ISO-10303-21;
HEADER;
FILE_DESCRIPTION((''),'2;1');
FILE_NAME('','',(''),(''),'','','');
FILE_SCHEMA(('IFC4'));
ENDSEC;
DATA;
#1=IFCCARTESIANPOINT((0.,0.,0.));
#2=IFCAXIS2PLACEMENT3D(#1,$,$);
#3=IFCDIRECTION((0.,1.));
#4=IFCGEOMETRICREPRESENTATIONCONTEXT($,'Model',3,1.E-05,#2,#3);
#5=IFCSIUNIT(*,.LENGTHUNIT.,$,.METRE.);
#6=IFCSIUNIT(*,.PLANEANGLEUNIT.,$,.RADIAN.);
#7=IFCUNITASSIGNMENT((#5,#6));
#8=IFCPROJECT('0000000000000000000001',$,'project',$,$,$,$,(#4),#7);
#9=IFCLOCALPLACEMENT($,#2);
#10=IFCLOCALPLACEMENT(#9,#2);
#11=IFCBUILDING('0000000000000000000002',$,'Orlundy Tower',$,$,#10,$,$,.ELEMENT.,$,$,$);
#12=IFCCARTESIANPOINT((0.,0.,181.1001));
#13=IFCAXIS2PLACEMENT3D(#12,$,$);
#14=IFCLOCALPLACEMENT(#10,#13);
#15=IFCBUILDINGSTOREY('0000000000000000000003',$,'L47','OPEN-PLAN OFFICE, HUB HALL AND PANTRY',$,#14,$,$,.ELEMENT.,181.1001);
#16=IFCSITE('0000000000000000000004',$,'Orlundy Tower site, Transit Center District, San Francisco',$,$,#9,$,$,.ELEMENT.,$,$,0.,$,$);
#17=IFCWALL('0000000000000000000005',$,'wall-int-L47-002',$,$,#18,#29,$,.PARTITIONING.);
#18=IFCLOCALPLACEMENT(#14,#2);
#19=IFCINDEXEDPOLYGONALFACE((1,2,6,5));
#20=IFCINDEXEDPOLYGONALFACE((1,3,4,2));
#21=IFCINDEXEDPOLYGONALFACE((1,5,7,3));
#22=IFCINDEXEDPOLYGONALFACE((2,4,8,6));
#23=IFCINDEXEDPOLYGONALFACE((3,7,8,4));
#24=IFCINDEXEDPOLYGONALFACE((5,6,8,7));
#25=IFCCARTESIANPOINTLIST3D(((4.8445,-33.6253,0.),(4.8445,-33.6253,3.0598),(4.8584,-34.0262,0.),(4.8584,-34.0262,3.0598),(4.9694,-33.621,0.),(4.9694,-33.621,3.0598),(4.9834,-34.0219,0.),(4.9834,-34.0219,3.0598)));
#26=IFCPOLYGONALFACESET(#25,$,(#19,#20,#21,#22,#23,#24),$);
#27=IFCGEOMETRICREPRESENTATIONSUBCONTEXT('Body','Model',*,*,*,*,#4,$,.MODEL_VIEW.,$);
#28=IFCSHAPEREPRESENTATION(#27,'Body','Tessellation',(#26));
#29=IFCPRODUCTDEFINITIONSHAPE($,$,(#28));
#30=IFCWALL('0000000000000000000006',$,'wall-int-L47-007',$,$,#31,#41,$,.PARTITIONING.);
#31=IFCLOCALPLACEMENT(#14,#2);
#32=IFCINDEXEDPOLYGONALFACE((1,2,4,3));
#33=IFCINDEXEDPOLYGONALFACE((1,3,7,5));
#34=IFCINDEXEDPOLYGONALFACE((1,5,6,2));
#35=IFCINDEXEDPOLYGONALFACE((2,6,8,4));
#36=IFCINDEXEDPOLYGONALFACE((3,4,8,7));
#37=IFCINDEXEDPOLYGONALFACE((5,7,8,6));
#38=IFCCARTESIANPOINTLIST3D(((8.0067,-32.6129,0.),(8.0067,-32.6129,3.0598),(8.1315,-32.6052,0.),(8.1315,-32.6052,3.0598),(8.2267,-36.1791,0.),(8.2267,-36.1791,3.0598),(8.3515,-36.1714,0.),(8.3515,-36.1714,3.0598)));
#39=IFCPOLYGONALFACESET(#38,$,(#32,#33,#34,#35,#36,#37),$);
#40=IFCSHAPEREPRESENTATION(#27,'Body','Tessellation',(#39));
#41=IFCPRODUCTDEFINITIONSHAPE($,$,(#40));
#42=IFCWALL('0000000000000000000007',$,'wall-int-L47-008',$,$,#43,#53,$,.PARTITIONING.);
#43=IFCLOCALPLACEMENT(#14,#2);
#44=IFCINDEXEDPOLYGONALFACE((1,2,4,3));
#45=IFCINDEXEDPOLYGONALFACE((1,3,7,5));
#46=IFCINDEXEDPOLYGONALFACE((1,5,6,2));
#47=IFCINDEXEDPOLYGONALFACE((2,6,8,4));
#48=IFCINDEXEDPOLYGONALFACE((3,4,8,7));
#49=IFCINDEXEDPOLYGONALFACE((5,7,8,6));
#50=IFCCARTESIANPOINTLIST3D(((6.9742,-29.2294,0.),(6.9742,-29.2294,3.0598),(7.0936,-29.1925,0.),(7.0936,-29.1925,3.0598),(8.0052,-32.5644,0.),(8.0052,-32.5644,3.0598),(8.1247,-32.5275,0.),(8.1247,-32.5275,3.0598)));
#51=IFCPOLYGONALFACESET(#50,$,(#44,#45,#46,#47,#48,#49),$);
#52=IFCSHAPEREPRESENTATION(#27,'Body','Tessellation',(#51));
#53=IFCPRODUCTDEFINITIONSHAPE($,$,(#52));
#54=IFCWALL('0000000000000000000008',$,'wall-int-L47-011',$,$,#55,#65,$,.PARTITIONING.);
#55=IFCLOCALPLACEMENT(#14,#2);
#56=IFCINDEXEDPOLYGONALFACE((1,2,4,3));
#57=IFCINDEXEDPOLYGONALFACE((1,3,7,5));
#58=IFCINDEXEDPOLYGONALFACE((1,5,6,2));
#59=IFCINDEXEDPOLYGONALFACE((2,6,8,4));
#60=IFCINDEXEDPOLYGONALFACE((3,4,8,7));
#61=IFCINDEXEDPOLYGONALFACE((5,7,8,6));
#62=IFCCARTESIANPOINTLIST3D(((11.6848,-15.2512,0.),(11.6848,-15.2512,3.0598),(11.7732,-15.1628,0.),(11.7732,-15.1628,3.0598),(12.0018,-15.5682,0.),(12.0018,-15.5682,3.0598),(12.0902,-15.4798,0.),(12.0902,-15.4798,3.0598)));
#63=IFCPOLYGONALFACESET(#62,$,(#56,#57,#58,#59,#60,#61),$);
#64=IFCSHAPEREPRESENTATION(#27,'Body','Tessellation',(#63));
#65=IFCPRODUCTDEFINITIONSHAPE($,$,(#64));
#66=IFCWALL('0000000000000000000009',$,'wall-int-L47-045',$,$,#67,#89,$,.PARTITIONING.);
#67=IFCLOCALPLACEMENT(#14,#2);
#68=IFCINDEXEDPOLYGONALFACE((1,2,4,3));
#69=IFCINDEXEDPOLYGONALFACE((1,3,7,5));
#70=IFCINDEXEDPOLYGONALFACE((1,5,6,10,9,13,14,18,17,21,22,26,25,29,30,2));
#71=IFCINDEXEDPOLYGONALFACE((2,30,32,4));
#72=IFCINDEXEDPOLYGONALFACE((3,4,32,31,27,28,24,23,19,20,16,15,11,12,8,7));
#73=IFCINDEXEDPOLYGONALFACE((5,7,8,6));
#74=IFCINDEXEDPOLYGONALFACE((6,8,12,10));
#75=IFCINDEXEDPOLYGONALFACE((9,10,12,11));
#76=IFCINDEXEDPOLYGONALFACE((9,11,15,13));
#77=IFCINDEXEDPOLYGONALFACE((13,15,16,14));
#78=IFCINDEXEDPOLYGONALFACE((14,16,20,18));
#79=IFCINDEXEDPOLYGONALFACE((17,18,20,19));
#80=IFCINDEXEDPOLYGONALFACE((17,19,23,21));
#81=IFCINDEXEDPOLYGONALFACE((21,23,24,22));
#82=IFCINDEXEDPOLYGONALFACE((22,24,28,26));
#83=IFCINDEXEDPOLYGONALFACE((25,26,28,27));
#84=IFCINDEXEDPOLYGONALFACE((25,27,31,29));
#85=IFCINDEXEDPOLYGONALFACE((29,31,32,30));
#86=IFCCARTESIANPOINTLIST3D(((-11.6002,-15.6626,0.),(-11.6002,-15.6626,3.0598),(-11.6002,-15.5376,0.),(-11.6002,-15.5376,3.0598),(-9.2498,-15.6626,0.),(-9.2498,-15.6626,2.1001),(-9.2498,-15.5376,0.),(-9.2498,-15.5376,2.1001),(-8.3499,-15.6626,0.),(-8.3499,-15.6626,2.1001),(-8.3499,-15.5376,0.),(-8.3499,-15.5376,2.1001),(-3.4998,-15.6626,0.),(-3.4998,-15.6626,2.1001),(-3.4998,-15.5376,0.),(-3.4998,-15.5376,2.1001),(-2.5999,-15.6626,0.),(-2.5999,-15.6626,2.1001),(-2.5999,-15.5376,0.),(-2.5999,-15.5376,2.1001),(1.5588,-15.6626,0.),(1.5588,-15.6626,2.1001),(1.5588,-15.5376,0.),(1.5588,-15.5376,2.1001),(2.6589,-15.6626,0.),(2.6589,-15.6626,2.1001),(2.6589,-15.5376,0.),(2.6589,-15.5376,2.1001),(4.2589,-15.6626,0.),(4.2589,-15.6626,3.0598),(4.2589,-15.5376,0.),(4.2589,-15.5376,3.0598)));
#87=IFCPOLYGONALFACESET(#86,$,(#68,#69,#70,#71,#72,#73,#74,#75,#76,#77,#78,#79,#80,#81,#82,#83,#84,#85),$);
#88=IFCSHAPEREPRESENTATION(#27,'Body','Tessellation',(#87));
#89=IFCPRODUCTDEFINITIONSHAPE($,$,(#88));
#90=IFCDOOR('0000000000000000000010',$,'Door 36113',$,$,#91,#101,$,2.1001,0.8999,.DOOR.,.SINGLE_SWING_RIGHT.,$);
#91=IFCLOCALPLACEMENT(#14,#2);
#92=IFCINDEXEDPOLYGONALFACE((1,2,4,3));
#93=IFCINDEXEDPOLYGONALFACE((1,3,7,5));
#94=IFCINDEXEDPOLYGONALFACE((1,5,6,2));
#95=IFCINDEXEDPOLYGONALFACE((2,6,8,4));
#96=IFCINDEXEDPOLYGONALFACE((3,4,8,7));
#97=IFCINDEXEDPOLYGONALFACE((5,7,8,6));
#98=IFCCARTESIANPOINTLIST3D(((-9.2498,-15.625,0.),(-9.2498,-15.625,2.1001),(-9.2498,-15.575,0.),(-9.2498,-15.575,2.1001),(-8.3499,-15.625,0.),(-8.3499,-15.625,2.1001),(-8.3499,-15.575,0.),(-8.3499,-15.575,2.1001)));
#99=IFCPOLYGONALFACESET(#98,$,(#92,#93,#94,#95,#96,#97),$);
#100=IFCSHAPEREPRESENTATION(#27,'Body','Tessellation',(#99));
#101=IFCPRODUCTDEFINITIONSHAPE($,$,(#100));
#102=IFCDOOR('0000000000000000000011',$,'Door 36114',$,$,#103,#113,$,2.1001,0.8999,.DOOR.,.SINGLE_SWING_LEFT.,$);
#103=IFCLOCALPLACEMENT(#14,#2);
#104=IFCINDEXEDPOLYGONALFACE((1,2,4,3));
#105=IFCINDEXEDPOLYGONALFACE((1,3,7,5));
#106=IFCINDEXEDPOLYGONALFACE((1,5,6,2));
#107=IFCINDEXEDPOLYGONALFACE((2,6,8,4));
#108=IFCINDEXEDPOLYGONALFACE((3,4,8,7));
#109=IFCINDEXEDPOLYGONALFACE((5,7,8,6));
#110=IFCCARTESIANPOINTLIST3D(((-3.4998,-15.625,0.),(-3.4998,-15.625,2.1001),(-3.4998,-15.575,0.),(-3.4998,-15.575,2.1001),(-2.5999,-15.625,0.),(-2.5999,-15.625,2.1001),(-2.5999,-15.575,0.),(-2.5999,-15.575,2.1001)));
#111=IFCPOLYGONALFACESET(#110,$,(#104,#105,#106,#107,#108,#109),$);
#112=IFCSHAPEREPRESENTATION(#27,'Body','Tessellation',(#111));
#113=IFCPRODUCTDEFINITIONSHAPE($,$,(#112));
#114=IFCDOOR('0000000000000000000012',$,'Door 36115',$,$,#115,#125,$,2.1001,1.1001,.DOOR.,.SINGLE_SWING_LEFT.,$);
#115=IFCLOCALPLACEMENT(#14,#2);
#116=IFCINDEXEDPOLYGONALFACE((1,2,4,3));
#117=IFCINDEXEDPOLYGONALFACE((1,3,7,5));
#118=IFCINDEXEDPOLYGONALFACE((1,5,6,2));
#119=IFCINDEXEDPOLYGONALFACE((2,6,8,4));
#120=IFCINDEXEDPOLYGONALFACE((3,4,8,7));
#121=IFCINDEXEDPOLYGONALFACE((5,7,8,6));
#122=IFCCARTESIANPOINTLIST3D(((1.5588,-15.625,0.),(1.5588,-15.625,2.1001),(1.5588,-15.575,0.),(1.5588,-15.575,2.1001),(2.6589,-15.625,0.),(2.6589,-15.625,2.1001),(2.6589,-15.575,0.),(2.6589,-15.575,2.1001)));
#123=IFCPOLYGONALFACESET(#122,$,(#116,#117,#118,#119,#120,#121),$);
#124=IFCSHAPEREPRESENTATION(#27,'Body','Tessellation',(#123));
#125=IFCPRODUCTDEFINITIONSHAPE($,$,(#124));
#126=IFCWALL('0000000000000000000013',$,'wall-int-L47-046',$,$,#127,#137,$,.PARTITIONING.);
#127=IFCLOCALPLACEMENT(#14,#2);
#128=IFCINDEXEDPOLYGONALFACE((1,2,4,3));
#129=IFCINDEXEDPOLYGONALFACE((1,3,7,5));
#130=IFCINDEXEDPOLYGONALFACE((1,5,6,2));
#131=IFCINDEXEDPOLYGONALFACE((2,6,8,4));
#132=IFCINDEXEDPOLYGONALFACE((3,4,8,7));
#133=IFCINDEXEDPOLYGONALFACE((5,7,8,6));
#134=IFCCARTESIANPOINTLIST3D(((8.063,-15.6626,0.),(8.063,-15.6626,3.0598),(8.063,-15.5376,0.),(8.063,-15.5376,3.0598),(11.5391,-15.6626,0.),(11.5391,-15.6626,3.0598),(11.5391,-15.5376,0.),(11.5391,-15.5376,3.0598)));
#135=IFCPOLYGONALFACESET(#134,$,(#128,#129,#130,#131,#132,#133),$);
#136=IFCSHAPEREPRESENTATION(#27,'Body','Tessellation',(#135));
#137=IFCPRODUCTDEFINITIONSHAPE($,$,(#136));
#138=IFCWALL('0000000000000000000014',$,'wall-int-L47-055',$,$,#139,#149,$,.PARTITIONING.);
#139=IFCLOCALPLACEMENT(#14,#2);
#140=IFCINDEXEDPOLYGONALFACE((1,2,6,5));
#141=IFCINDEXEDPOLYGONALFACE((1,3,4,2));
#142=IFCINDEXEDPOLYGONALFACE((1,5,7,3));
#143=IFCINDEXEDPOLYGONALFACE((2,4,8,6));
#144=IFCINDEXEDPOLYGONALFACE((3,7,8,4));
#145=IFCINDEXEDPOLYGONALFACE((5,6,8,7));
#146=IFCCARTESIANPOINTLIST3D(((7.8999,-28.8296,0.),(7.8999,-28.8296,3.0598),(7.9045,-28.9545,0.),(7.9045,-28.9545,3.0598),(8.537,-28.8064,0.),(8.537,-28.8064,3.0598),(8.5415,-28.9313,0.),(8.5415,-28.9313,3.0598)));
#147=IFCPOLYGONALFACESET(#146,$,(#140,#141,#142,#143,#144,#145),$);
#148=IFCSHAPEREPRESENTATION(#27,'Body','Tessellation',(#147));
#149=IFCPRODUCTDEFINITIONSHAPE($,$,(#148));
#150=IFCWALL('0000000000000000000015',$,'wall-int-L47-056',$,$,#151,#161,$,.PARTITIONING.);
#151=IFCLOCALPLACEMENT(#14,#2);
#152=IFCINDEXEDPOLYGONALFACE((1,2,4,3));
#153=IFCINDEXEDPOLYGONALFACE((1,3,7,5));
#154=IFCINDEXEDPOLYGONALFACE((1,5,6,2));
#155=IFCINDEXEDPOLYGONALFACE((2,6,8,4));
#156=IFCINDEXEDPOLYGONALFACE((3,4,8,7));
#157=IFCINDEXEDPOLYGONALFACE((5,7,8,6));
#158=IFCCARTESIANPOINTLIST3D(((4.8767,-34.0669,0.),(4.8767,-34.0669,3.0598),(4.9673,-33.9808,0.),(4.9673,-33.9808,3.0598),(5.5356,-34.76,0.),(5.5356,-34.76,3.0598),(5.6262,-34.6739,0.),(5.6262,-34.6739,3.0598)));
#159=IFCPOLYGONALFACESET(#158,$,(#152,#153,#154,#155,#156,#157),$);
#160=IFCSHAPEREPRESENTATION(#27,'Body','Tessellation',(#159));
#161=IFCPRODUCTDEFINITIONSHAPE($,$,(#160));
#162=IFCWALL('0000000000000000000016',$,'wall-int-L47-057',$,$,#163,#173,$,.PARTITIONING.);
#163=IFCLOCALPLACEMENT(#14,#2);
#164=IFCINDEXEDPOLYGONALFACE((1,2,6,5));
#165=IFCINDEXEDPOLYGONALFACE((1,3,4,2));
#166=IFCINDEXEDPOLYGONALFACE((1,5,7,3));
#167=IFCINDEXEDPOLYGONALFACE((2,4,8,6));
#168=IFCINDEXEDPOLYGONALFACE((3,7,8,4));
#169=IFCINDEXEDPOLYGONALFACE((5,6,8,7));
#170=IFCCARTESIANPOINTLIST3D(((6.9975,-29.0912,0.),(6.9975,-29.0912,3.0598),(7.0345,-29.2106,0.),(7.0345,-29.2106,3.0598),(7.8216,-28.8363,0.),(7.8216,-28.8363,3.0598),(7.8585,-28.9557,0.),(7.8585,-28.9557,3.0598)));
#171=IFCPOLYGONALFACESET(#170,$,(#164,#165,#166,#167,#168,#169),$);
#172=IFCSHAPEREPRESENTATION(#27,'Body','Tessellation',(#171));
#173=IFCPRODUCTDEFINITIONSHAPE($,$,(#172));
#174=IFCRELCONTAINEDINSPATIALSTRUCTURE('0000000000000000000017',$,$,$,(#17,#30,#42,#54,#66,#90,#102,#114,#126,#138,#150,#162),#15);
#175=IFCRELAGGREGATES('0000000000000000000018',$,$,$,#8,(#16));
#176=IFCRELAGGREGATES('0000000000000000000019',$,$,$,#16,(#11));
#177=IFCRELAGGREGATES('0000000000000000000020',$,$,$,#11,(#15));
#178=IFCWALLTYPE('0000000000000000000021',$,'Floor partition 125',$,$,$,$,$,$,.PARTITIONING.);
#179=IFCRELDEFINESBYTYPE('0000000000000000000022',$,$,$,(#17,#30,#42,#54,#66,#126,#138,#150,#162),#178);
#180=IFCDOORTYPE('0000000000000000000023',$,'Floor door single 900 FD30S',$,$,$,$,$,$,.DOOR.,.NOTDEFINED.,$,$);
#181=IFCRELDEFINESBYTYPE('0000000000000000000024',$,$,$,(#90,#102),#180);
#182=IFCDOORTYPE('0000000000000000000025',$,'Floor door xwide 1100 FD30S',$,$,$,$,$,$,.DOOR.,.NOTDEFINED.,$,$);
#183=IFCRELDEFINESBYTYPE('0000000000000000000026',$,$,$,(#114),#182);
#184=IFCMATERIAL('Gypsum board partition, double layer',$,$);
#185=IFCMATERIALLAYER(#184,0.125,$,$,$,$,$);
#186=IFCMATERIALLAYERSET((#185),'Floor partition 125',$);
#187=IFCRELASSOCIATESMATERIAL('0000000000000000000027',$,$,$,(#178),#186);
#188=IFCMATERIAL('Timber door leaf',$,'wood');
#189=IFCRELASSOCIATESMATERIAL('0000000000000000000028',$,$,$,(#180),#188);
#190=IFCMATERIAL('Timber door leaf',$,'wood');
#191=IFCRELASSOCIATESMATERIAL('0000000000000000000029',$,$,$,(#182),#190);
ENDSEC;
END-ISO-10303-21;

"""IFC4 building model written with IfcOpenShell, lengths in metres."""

from ifc_helpers import new_model, si_unit, direction, frame, frame_2d, origin, place, context, subcontext, project, spatial, rectangle, extrude, material, layer, layer_set, type_object, element, fill, save


model = new_model("IFC4")

# Units and contexts
model_context = context("Model", 3, precision=1e-05, world=origin(), true_north=direction((0.0, 1.0)))
body_context = subcontext(model_context, "Body", "Model", "MODEL_VIEW")
ifc_project = project(units=[si_unit("LENGTHUNIT", "METRE"), si_unit("PLANEANGLEUNIT", "RADIAN")], contexts=[model_context])

# Site, building, storey
site_placement = place(None, origin())
site = spatial("IfcSite", under=ifc_project, at=site_placement, Name="Orlundy Tower site, Transit Center District, San Francisco", CompositionType="ELEMENT", RefElevation=0.0)
building_placement = place(site_placement, origin())
building = spatial("IfcBuilding", under=site, at=building_placement, Name="Orlundy Tower", CompositionType="ELEMENT")
storey_placement = place(building_placement, frame((0.0, 0.0, 181.1001)))
storey = spatial("IfcBuildingStorey", under=building, at=storey_placement, Name="L47", Description="OPEN-PLAN OFFICE, HUB HALL AND PANTRY", CompositionType="ELEMENT", Elevation=181.1001)

# Walls
ifc_material_1 = material(Name="Gypsum board partition, double layer")
ifc_layer_1 = layer(ifc_material_1, 0.125)
ifc_layer_set_1 = layer_set([ifc_layer_1], Name="Floor partition 125")
wall_type_1 = type_object("IfcWallType", Name="Floor partition 125", PredefinedType="PARTITIONING", material=ifc_layer_set_1)
wall_1_placement = place(storey_placement, frame((4.907, -33.623, 0.0), z_axis=(0.0, 0.0, 1.0), x_axis=(0.034693, -0.999398, 0.0)))
element("IfcWall", 1, at=wall_1_placement, inside=storey, type_object=wall_type_1, Name="wall-int-L47-002", PredefinedType="PARTITIONING", context=body_context, shape_type="SweptSolid", body=[
    extrude(rectangle(XDim=0.4011, YDim=0.125, at=frame_2d((0.2007, 0.0))), origin(), (0.0, 0.0, 1.0), 3.0598),
])
wall_2_placement = place(storey_placement, frame((8.0691, -32.6089, 0.0), z_axis=(0.0, 0.0, 1.0), x_axis=(0.061566, -0.998103, 0.0)))
element("IfcWall", 2, at=wall_2_placement, inside=storey, type_object=wall_type_1, Name="wall-int-L47-007", PredefinedType="PARTITIONING", context=body_context, shape_type="SweptSolid", body=[
    extrude(rectangle(XDim=3.573, YDim=0.125, at=frame_2d((1.7866, 0.0))), origin(), (0.0, 0.0, 1.0), 3.0598),
])
wall_3_placement = place(storey_placement, frame((7.0339, -29.2109, 0.0), z_axis=(0.0, 0.0, 1.0), x_axis=(0.295359, -0.955386, 0.0)))
element("IfcWall", 3, at=wall_3_placement, inside=storey, type_object=wall_type_1, Name="wall-int-L47-008", PredefinedType="PARTITIONING", context=body_context, shape_type="SweptSolid", body=[
    extrude(rectangle(XDim=3.4907, YDim=0.125, at=frame_2d((1.7454, 0.0))), origin(), (0.0, 0.0, 1.0), 3.0598),
])
wall_4_placement = place(storey_placement, frame((11.729, -15.207, 0.0), z_axis=(0.0, 0.0, 1.0), x_axis=(0.707107, -0.707107, 0.0)))
element("IfcWall", 4, at=wall_4_placement, inside=storey, type_object=wall_type_1, Name="wall-int-L47-011", PredefinedType="PARTITIONING", context=body_context, shape_type="SweptSolid", body=[
    extrude(rectangle(XDim=0.4482, YDim=0.125, at=frame_2d((0.2241, 0.0))), origin(), (0.0, 0.0, 1.0), 3.0598),
])

# Wall, openings, doors
wall_5_placement = place(storey_placement, frame((4.259, -15.6001, 0.0), z_axis=(0.0, 0.0, 1.0), x_axis=(-1.0, 0.0, 0.0)))
wall_5 = element("IfcWall", 5, at=wall_5_placement, inside=storey, type_object=wall_type_1, Name="wall-int-L47-045", PredefinedType="PARTITIONING", context=body_context, shape_type="SweptSolid", body=[
    extrude(rectangle(XDim=15.8591, YDim=0.125, at=frame_2d((7.9297, 0.0))), origin(), (0.0, 0.0, 1.0), 3.0598),
])
opening_1_placement = place(wall_5_placement, frame((12.6089, 0.0, 0.0)))
opening_1 = element("IfcOpeningElement", 6, at=opening_1_placement, cuts=wall_5, PredefinedType="OPENING", context=body_context, shape_type="SweptSolid", body=[
    extrude(rectangle(XDim=0.8999, YDim=2.1001, at=frame_2d((0.45, 1.05))), frame((0.0, 0.0725, 0.0), z_axis=(0.0, -1.0, 0.0), x_axis=(1.0, 0.0, 0.0)), (0.0, 0.0, 1.0), 0.145),
])
opening_2_placement = place(wall_5_placement, frame((6.8589, 0.0, 0.0)))
opening_2 = element("IfcOpeningElement", 7, at=opening_2_placement, cuts=wall_5, PredefinedType="OPENING", context=body_context, shape_type="SweptSolid", body=[
    extrude(rectangle(XDim=0.8999, YDim=2.1001, at=frame_2d((0.45, 1.05))), frame((0.0, 0.0725, 0.0), z_axis=(0.0, -1.0, 0.0), x_axis=(1.0, 0.0, 0.0)), (0.0, 0.0, 1.0), 0.145),
])
opening_3_placement = place(wall_5_placement, frame((1.6001, 0.0, 0.0)))
opening_3 = element("IfcOpeningElement", 8, at=opening_3_placement, cuts=wall_5, PredefinedType="OPENING", context=body_context, shape_type="SweptSolid", body=[
    extrude(rectangle(XDim=1.1001, YDim=2.1001, at=frame_2d((0.55, 1.05))), frame((0.0, 0.0725, 0.0), z_axis=(0.0, -1.0, 0.0), x_axis=(1.0, 0.0, 0.0)), (0.0, 0.0, 1.0), 0.145),
])
ifc_material_2 = material(Name="Timber door leaf", Category="wood")
door_type_1 = type_object("IfcDoorType", Name="Floor door single 900 FD30S", OperationType="NOTDEFINED", PredefinedType="DOOR", material=ifc_material_2)
door_1_placement = place(opening_1_placement, origin())
door_1 = element("IfcDoor", 9, at=door_1_placement, inside=storey, type_object=door_type_1, Name="Door 36113", OperationType="SINGLE_SWING_RIGHT", OverallHeight=2.1001, OverallWidth=0.8999, PredefinedType="DOOR", context=body_context, shape_type="SweptSolid", body=[
    extrude(rectangle(XDim=0.8999, YDim=2.1001, at=frame_2d((0.45, 1.05))), frame((0.0, 0.0249, 0.0), z_axis=(0.0, -1.0, 0.0), x_axis=(1.0, 0.0, 0.0)), (0.0, 0.0, 1.0), 0.05),
])
fill(opening_1, door_1)
door_2_placement = place(opening_2_placement, origin())
door_2 = element("IfcDoor", 10, at=door_2_placement, inside=storey, type_object=door_type_1, Name="Door 36114", OperationType="SINGLE_SWING_LEFT", OverallHeight=2.1001, OverallWidth=0.8999, PredefinedType="DOOR", context=body_context, shape_type="SweptSolid", body=[
    extrude(rectangle(XDim=0.8999, YDim=2.1001, at=frame_2d((0.45, 1.05))), frame((0.0, 0.0249, 0.0), z_axis=(0.0, -1.0, 0.0), x_axis=(1.0, 0.0, 0.0)), (0.0, 0.0, 1.0), 0.05),
])
fill(opening_2, door_2)
ifc_material_3 = material(Name="Timber door leaf", Category="wood")
door_type_2 = type_object("IfcDoorType", Name="Floor door xwide 1100 FD30S", OperationType="NOTDEFINED", PredefinedType="DOOR", material=ifc_material_3)
door_3_placement = place(opening_3_placement, origin())
door_3 = element("IfcDoor", 11, at=door_3_placement, inside=storey, type_object=door_type_2, Name="Door 36115", OperationType="SINGLE_SWING_LEFT", OverallHeight=2.1001, OverallWidth=1.1001, PredefinedType="DOOR", context=body_context, shape_type="SweptSolid", body=[
    extrude(rectangle(XDim=1.1001, YDim=2.1001, at=frame_2d((0.55, 1.05))), frame((0.0, 0.0249, 0.0), z_axis=(0.0, -1.0, 0.0), x_axis=(1.0, 0.0, 0.0)), (0.0, 0.0, 1.0), 0.05),
])
fill(opening_3, door_3)

# Walls
wall_6_placement = place(storey_placement, frame((8.063, -15.6001, 0.0), z_axis=(0.0, 0.0, 1.0), x_axis=(1.0, 0.0, 0.0)))
element("IfcWall", 12, at=wall_6_placement, inside=storey, type_object=wall_type_1, Name="wall-int-L47-046", PredefinedType="PARTITIONING", context=body_context, shape_type="SweptSolid", body=[
    extrude(rectangle(XDim=3.4761, YDim=0.125, at=frame_2d((1.738, 0.0))), origin(), (0.0, 0.0, 1.0), 3.0598),
])
wall_7_placement = place(storey_placement, frame((7.9021, -28.8921, 0.0), z_axis=(0.0, 0.0, 1.0), x_axis=(0.999338, 0.036388, 0.0)))
element("IfcWall", 13, at=wall_7_placement, inside=storey, type_object=wall_type_1, Name="wall-int-L47-055", PredefinedType="PARTITIONING", context=body_context, shape_type="SweptSolid", body=[
    extrude(rectangle(XDim=0.6375, YDim=0.125, at=frame_2d((0.3188, 0.0))), origin(), (0.0, 0.0, 1.0), 3.0598),
])
wall_8_placement = place(storey_placement, frame((4.9221, -34.0239, 0.0), z_axis=(0.0, 0.0, 1.0), x_axis=(0.689011, -0.724751, 0.0)))
element("IfcWall", 14, at=wall_8_placement, inside=storey, type_object=wall_type_1, Name="wall-int-L47-056", PredefinedType="PARTITIONING", context=body_context, shape_type="SweptSolid", body=[
    extrude(rectangle(XDim=0.9563, YDim=0.125, at=frame_2d((0.478, 0.0))), origin(), (0.0, 0.0, 1.0), 3.0598),
])
wall_9_placement = place(storey_placement, frame((7.0161, -29.1509, 0.0), z_axis=(0.0, 0.0, 1.0), x_axis=(0.955337, 0.295518, 0.0)))
element("IfcWall", 15, at=wall_9_placement, inside=storey, type_object=wall_type_1, Name="wall-int-L47-057", PredefinedType="PARTITIONING", context=body_context, shape_type="SweptSolid", body=[
    extrude(rectangle(XDim=0.8625, YDim=0.125, at=frame_2d((0.4312, 0.0))), origin(), (0.0, 0.0, 1.0), 3.0598),
])

save(model, "model.ifc")
